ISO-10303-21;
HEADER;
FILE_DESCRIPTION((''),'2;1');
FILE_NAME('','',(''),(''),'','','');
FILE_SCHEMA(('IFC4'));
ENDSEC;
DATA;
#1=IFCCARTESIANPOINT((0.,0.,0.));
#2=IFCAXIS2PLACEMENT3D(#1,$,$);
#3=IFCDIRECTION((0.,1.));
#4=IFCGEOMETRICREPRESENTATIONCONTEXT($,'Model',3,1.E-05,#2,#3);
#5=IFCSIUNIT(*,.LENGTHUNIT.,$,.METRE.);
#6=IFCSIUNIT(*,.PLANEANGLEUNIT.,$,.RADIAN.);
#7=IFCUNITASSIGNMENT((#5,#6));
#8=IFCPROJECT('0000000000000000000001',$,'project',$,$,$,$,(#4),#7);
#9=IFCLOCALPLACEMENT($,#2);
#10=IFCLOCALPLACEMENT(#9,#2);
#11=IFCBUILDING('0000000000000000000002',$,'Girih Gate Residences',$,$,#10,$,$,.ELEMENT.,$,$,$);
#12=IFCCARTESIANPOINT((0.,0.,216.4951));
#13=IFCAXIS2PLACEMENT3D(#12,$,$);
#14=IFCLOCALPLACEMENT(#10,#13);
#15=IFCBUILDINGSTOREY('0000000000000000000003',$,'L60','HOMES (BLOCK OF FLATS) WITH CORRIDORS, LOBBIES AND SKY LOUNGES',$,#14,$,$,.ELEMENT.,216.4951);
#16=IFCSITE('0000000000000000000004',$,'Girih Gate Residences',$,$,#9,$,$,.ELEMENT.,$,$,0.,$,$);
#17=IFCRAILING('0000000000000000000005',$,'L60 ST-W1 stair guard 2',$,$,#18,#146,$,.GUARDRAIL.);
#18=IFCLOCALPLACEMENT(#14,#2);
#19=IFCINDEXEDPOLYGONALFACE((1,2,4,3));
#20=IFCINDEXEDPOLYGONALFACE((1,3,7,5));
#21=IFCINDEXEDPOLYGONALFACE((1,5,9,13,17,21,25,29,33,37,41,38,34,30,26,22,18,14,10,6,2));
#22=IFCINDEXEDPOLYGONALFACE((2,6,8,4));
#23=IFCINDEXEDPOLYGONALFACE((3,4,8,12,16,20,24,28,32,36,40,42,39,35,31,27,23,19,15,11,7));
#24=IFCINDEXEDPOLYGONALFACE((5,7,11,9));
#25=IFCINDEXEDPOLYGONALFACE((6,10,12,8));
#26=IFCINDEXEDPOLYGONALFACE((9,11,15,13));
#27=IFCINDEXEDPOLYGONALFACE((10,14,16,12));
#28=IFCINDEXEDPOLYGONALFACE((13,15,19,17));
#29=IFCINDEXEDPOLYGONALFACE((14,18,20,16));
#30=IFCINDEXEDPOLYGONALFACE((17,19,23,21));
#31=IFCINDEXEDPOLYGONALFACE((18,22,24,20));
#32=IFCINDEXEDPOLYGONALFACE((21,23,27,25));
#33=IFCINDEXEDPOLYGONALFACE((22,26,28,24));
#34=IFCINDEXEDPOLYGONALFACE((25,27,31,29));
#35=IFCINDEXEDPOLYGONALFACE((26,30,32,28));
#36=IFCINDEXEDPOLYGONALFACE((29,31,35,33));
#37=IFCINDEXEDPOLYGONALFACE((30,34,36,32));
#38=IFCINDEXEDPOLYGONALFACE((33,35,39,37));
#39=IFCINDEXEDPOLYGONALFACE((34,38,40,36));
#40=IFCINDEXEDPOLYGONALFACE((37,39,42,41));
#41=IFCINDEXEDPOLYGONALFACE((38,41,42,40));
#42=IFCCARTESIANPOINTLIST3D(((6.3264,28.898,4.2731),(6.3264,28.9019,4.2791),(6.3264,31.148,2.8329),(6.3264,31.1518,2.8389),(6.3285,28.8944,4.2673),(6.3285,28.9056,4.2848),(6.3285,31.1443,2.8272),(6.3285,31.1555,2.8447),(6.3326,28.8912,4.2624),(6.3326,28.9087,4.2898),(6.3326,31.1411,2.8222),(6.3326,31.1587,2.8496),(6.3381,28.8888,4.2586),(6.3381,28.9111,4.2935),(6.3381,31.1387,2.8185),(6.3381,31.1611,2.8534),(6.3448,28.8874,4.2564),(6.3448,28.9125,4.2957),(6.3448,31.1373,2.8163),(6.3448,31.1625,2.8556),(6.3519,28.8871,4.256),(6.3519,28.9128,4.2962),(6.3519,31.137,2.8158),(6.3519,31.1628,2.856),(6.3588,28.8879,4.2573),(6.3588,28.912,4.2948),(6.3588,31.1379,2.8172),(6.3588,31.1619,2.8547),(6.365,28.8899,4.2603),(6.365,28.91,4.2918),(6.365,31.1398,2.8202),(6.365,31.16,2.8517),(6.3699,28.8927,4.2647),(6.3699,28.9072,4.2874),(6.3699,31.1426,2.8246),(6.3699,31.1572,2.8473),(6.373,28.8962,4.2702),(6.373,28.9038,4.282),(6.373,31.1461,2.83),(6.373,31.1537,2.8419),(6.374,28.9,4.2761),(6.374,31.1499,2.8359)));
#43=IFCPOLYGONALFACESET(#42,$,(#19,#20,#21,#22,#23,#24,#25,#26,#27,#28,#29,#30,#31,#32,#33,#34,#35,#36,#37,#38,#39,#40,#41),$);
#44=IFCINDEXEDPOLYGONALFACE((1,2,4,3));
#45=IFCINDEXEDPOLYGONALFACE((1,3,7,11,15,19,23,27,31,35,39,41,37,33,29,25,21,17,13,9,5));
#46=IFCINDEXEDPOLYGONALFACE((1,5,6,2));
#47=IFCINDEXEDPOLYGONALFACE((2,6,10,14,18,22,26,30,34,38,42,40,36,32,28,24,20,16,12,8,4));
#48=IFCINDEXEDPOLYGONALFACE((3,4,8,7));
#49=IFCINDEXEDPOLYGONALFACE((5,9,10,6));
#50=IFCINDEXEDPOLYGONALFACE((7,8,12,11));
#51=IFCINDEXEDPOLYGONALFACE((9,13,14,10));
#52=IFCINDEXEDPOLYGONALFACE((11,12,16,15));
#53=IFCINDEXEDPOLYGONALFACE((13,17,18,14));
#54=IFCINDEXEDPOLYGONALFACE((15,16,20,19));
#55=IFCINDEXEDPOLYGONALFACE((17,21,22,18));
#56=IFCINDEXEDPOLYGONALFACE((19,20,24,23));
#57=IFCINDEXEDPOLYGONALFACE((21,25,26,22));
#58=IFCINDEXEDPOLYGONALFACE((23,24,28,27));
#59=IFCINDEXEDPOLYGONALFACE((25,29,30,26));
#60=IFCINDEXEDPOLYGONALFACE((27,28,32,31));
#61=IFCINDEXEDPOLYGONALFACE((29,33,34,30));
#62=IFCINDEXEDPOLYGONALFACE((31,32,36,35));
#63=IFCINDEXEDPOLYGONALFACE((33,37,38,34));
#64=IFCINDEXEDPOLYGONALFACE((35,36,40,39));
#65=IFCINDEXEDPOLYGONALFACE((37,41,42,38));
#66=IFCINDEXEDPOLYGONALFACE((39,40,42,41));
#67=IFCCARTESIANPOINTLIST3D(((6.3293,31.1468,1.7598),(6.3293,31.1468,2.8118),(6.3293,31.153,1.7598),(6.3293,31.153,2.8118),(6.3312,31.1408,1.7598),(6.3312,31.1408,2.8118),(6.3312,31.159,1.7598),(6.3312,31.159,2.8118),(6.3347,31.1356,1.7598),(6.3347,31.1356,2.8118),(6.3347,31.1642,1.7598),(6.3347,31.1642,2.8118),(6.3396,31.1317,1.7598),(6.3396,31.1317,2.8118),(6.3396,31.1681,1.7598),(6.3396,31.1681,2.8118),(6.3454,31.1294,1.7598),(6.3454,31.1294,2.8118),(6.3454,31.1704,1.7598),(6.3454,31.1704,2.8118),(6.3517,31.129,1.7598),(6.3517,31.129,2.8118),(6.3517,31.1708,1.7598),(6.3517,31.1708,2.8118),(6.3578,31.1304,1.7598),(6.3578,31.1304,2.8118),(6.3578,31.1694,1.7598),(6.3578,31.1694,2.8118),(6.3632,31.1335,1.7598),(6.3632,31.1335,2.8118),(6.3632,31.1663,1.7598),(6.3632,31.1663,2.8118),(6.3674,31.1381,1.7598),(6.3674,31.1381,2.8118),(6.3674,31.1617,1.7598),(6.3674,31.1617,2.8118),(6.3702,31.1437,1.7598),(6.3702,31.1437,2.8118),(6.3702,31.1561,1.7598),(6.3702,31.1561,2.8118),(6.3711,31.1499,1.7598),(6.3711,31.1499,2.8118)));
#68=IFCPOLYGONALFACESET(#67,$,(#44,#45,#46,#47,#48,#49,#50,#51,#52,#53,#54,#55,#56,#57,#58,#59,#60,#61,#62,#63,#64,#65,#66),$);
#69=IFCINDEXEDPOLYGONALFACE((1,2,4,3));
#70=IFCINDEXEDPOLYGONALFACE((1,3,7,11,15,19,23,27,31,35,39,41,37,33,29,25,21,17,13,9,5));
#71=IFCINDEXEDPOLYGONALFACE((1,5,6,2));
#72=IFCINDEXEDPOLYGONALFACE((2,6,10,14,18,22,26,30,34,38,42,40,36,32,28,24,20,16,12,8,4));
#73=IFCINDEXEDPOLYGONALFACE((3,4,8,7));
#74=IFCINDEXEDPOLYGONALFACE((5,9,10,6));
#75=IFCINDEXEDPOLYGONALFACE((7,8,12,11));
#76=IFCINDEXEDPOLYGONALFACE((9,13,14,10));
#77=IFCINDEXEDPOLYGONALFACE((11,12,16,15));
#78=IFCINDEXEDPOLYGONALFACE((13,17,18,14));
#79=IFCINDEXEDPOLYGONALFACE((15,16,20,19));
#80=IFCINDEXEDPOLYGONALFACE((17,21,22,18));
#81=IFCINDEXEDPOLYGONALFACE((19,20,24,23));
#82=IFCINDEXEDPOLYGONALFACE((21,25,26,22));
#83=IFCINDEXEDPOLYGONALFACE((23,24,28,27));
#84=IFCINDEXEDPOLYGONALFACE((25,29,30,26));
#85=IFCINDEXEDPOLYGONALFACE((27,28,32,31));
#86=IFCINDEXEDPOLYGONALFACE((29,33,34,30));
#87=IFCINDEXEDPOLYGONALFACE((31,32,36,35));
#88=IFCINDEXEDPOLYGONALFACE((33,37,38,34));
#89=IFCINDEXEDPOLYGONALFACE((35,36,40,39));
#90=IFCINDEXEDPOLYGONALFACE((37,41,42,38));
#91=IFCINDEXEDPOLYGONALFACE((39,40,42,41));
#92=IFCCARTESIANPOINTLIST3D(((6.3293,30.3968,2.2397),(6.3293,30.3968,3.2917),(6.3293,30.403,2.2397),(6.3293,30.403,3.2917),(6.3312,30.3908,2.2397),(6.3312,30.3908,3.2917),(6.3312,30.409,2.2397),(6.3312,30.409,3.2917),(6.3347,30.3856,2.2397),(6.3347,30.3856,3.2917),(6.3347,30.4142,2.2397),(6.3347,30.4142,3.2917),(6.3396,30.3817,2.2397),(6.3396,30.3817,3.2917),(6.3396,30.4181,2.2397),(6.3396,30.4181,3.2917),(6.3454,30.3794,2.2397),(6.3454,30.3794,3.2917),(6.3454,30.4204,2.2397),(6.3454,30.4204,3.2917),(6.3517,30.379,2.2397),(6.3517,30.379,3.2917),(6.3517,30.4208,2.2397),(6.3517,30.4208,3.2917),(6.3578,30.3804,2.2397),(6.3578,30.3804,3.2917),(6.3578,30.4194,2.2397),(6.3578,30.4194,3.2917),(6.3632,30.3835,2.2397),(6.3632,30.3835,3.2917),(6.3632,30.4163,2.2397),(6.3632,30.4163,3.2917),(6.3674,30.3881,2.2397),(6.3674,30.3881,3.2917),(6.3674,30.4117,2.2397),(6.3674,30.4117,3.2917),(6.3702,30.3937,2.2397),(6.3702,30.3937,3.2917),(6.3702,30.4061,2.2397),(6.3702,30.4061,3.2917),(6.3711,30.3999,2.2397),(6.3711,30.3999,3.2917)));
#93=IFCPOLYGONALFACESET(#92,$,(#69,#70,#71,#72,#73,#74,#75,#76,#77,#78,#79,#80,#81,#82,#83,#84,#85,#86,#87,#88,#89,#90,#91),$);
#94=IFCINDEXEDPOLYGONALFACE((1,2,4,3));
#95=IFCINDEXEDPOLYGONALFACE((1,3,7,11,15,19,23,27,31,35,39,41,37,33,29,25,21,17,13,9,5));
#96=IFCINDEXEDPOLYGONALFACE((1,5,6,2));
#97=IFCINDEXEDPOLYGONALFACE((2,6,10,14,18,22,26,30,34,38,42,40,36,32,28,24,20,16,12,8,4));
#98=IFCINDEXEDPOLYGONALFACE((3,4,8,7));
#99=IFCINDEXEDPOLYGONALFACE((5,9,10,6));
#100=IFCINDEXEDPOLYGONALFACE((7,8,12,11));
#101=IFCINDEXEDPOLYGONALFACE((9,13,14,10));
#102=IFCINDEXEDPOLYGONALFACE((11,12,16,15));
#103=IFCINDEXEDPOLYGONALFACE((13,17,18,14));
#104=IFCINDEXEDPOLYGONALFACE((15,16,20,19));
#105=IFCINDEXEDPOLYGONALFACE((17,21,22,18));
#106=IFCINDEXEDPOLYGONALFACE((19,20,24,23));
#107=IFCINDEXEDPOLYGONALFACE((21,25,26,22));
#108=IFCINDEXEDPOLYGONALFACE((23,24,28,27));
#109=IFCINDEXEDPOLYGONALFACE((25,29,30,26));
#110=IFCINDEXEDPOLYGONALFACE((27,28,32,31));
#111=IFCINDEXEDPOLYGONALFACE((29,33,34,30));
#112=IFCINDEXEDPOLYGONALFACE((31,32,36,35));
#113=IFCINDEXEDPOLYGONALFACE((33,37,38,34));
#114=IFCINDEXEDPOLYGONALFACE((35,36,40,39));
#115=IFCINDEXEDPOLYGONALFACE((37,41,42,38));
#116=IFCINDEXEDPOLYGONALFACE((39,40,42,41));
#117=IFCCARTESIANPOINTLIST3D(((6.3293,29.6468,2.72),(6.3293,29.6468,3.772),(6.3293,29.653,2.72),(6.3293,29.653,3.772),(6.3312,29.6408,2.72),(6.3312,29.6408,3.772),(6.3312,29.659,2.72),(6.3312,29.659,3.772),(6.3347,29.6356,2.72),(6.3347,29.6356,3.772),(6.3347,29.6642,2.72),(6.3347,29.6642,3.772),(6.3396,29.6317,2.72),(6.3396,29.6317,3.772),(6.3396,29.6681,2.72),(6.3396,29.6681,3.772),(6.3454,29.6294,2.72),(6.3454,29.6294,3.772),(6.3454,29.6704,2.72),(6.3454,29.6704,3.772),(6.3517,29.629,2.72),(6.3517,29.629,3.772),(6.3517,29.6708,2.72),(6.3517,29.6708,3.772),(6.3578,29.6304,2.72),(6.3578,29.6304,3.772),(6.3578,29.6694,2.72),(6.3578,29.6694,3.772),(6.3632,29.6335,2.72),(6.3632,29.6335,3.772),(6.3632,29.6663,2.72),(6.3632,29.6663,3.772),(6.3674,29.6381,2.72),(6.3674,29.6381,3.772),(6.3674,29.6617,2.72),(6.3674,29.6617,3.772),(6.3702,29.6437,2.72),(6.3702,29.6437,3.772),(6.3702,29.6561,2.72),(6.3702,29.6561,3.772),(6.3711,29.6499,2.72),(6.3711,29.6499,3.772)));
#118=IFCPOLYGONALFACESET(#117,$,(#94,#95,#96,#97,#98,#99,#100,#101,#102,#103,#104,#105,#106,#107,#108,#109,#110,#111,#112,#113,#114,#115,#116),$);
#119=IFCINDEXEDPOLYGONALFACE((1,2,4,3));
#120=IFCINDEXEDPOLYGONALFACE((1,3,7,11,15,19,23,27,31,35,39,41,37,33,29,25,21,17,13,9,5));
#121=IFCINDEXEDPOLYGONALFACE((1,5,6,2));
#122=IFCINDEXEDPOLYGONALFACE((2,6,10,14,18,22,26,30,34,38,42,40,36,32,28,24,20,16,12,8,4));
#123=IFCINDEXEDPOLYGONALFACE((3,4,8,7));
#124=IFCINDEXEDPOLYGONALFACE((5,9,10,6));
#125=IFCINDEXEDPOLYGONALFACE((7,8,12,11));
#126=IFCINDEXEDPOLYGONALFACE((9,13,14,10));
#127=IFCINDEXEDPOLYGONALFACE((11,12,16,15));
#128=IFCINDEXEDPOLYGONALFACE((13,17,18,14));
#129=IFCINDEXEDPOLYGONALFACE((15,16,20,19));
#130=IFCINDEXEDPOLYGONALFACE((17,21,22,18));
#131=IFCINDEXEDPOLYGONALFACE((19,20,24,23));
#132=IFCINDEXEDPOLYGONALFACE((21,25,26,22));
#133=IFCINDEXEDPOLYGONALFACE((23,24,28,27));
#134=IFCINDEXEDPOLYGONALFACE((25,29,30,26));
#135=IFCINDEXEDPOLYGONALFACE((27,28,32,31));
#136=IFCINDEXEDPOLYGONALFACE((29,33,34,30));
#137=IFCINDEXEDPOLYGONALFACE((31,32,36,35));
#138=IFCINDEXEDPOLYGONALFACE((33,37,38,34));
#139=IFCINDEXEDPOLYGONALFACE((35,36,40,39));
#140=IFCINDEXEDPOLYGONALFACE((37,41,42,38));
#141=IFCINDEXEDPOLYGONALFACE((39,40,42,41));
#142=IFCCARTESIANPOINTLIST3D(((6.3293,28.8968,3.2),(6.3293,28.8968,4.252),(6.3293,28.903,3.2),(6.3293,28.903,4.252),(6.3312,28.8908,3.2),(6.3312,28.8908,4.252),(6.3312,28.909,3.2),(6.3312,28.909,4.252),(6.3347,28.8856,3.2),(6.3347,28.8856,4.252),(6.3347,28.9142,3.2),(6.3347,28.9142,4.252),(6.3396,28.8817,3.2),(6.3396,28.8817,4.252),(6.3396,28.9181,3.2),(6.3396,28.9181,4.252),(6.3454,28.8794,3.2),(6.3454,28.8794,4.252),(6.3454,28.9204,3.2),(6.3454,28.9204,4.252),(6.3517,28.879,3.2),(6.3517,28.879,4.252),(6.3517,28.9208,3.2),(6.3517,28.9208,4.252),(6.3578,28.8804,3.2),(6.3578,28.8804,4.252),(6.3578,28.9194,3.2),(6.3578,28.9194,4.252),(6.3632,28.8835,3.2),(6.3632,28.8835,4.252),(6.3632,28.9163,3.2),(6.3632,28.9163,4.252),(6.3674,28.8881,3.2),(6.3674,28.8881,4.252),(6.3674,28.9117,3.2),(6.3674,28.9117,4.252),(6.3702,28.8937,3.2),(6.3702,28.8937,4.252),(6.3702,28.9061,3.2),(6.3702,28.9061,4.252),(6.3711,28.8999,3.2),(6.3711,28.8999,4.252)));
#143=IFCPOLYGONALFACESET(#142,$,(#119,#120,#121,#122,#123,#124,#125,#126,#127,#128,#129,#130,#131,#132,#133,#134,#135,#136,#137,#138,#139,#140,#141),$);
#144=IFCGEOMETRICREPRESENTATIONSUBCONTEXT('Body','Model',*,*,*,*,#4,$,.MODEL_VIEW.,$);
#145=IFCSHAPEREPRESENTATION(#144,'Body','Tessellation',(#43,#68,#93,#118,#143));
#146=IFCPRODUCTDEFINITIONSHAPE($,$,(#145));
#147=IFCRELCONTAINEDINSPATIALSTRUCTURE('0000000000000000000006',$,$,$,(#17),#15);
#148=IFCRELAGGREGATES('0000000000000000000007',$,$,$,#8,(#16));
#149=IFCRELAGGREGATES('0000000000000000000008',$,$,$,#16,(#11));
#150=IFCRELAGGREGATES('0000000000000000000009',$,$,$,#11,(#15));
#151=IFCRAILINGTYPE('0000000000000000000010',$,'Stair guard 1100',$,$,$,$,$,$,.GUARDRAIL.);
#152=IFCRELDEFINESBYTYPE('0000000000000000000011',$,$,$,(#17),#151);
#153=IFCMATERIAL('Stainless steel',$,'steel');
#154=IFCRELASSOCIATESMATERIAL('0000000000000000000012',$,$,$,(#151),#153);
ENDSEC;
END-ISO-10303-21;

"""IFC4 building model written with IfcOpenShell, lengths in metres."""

from ifc_helpers import new_model, si_unit, direction, frame, origin, origin_2d, place, context, subcontext, project, spatial, circle, extrude, material, type_object, element, save


model = new_model("IFC4")

# Units and contexts
model_context = context("Model", 3, precision=1e-05, world=origin(), true_north=direction((0.0, 1.0)))
body_context = subcontext(model_context, "Body", "Model", "MODEL_VIEW")
ifc_project = project(units=[si_unit("LENGTHUNIT", "METRE"), si_unit("PLANEANGLEUNIT", "RADIAN")], contexts=[model_context])

# Site, building, storey
site_placement = place(None, origin())
site = spatial("IfcSite", under=ifc_project, at=site_placement, Name="Girih Gate Residences", CompositionType="ELEMENT", RefElevation=0.0)
building_placement = place(site_placement, origin())
building = spatial("IfcBuilding", under=site, at=building_placement, Name="Girih Gate Residences", CompositionType="ELEMENT")
storey_placement = place(building_placement, frame((0.0, 0.0, 216.4951)))
storey = spatial("IfcBuildingStorey", under=building, at=storey_placement, Name="L60", Description="HOMES (BLOCK OF FLATS) WITH CORRIDORS, LOBBIES AND SKY LOUNGES", CompositionType="ELEMENT", Elevation=216.4951)

# Railing
ifc_material_1 = material(Name="Stainless steel", Category="steel")
railing_type_1 = type_object("IfcRailingType", Name="Stair guard 1100", PredefinedType="GUARDRAIL", material=ifc_material_1)
railing_1_placement = place(storey_placement, frame((6.3501, 31.1499, 1.7598)))
element("IfcRailing", 1, at=railing_1_placement, inside=storey, type_object=railing_type_1, Name="L60 ST-W1 stair guard 2", PredefinedType="GUARDRAIL", context=body_context, shape_type="SweptSolid", body=[
    extrude(circle(Radius=0.0239, at=origin_2d()), frame((0.0, 0.0, 1.0762), z_axis=(0.0, -0.84224, 0.539103), x_axis=(1.0, 0.0, 0.0)), (0.0, 0.0, 1.0), 2.6714),
    extrude(circle(Radius=0.021, at=origin_2d()), origin(), (0.0, 0.0, 1.0), 1.052),
    extrude(circle(Radius=0.021, at=origin_2d()), frame((0.0, -0.75, 0.48)), (0.0, 0.0, 1.0), 1.052),
    extrude(circle(Radius=0.021, at=origin_2d()), frame((0.0, -1.5, 0.9602)), (0.0, 0.0, 1.0), 1.052),
    extrude(circle(Radius=0.021, at=origin_2d()), frame((0.0, -2.25, 1.4402)), (0.0, 0.0, 1.0), 1.052),
])

save(model, "model.ifc")
